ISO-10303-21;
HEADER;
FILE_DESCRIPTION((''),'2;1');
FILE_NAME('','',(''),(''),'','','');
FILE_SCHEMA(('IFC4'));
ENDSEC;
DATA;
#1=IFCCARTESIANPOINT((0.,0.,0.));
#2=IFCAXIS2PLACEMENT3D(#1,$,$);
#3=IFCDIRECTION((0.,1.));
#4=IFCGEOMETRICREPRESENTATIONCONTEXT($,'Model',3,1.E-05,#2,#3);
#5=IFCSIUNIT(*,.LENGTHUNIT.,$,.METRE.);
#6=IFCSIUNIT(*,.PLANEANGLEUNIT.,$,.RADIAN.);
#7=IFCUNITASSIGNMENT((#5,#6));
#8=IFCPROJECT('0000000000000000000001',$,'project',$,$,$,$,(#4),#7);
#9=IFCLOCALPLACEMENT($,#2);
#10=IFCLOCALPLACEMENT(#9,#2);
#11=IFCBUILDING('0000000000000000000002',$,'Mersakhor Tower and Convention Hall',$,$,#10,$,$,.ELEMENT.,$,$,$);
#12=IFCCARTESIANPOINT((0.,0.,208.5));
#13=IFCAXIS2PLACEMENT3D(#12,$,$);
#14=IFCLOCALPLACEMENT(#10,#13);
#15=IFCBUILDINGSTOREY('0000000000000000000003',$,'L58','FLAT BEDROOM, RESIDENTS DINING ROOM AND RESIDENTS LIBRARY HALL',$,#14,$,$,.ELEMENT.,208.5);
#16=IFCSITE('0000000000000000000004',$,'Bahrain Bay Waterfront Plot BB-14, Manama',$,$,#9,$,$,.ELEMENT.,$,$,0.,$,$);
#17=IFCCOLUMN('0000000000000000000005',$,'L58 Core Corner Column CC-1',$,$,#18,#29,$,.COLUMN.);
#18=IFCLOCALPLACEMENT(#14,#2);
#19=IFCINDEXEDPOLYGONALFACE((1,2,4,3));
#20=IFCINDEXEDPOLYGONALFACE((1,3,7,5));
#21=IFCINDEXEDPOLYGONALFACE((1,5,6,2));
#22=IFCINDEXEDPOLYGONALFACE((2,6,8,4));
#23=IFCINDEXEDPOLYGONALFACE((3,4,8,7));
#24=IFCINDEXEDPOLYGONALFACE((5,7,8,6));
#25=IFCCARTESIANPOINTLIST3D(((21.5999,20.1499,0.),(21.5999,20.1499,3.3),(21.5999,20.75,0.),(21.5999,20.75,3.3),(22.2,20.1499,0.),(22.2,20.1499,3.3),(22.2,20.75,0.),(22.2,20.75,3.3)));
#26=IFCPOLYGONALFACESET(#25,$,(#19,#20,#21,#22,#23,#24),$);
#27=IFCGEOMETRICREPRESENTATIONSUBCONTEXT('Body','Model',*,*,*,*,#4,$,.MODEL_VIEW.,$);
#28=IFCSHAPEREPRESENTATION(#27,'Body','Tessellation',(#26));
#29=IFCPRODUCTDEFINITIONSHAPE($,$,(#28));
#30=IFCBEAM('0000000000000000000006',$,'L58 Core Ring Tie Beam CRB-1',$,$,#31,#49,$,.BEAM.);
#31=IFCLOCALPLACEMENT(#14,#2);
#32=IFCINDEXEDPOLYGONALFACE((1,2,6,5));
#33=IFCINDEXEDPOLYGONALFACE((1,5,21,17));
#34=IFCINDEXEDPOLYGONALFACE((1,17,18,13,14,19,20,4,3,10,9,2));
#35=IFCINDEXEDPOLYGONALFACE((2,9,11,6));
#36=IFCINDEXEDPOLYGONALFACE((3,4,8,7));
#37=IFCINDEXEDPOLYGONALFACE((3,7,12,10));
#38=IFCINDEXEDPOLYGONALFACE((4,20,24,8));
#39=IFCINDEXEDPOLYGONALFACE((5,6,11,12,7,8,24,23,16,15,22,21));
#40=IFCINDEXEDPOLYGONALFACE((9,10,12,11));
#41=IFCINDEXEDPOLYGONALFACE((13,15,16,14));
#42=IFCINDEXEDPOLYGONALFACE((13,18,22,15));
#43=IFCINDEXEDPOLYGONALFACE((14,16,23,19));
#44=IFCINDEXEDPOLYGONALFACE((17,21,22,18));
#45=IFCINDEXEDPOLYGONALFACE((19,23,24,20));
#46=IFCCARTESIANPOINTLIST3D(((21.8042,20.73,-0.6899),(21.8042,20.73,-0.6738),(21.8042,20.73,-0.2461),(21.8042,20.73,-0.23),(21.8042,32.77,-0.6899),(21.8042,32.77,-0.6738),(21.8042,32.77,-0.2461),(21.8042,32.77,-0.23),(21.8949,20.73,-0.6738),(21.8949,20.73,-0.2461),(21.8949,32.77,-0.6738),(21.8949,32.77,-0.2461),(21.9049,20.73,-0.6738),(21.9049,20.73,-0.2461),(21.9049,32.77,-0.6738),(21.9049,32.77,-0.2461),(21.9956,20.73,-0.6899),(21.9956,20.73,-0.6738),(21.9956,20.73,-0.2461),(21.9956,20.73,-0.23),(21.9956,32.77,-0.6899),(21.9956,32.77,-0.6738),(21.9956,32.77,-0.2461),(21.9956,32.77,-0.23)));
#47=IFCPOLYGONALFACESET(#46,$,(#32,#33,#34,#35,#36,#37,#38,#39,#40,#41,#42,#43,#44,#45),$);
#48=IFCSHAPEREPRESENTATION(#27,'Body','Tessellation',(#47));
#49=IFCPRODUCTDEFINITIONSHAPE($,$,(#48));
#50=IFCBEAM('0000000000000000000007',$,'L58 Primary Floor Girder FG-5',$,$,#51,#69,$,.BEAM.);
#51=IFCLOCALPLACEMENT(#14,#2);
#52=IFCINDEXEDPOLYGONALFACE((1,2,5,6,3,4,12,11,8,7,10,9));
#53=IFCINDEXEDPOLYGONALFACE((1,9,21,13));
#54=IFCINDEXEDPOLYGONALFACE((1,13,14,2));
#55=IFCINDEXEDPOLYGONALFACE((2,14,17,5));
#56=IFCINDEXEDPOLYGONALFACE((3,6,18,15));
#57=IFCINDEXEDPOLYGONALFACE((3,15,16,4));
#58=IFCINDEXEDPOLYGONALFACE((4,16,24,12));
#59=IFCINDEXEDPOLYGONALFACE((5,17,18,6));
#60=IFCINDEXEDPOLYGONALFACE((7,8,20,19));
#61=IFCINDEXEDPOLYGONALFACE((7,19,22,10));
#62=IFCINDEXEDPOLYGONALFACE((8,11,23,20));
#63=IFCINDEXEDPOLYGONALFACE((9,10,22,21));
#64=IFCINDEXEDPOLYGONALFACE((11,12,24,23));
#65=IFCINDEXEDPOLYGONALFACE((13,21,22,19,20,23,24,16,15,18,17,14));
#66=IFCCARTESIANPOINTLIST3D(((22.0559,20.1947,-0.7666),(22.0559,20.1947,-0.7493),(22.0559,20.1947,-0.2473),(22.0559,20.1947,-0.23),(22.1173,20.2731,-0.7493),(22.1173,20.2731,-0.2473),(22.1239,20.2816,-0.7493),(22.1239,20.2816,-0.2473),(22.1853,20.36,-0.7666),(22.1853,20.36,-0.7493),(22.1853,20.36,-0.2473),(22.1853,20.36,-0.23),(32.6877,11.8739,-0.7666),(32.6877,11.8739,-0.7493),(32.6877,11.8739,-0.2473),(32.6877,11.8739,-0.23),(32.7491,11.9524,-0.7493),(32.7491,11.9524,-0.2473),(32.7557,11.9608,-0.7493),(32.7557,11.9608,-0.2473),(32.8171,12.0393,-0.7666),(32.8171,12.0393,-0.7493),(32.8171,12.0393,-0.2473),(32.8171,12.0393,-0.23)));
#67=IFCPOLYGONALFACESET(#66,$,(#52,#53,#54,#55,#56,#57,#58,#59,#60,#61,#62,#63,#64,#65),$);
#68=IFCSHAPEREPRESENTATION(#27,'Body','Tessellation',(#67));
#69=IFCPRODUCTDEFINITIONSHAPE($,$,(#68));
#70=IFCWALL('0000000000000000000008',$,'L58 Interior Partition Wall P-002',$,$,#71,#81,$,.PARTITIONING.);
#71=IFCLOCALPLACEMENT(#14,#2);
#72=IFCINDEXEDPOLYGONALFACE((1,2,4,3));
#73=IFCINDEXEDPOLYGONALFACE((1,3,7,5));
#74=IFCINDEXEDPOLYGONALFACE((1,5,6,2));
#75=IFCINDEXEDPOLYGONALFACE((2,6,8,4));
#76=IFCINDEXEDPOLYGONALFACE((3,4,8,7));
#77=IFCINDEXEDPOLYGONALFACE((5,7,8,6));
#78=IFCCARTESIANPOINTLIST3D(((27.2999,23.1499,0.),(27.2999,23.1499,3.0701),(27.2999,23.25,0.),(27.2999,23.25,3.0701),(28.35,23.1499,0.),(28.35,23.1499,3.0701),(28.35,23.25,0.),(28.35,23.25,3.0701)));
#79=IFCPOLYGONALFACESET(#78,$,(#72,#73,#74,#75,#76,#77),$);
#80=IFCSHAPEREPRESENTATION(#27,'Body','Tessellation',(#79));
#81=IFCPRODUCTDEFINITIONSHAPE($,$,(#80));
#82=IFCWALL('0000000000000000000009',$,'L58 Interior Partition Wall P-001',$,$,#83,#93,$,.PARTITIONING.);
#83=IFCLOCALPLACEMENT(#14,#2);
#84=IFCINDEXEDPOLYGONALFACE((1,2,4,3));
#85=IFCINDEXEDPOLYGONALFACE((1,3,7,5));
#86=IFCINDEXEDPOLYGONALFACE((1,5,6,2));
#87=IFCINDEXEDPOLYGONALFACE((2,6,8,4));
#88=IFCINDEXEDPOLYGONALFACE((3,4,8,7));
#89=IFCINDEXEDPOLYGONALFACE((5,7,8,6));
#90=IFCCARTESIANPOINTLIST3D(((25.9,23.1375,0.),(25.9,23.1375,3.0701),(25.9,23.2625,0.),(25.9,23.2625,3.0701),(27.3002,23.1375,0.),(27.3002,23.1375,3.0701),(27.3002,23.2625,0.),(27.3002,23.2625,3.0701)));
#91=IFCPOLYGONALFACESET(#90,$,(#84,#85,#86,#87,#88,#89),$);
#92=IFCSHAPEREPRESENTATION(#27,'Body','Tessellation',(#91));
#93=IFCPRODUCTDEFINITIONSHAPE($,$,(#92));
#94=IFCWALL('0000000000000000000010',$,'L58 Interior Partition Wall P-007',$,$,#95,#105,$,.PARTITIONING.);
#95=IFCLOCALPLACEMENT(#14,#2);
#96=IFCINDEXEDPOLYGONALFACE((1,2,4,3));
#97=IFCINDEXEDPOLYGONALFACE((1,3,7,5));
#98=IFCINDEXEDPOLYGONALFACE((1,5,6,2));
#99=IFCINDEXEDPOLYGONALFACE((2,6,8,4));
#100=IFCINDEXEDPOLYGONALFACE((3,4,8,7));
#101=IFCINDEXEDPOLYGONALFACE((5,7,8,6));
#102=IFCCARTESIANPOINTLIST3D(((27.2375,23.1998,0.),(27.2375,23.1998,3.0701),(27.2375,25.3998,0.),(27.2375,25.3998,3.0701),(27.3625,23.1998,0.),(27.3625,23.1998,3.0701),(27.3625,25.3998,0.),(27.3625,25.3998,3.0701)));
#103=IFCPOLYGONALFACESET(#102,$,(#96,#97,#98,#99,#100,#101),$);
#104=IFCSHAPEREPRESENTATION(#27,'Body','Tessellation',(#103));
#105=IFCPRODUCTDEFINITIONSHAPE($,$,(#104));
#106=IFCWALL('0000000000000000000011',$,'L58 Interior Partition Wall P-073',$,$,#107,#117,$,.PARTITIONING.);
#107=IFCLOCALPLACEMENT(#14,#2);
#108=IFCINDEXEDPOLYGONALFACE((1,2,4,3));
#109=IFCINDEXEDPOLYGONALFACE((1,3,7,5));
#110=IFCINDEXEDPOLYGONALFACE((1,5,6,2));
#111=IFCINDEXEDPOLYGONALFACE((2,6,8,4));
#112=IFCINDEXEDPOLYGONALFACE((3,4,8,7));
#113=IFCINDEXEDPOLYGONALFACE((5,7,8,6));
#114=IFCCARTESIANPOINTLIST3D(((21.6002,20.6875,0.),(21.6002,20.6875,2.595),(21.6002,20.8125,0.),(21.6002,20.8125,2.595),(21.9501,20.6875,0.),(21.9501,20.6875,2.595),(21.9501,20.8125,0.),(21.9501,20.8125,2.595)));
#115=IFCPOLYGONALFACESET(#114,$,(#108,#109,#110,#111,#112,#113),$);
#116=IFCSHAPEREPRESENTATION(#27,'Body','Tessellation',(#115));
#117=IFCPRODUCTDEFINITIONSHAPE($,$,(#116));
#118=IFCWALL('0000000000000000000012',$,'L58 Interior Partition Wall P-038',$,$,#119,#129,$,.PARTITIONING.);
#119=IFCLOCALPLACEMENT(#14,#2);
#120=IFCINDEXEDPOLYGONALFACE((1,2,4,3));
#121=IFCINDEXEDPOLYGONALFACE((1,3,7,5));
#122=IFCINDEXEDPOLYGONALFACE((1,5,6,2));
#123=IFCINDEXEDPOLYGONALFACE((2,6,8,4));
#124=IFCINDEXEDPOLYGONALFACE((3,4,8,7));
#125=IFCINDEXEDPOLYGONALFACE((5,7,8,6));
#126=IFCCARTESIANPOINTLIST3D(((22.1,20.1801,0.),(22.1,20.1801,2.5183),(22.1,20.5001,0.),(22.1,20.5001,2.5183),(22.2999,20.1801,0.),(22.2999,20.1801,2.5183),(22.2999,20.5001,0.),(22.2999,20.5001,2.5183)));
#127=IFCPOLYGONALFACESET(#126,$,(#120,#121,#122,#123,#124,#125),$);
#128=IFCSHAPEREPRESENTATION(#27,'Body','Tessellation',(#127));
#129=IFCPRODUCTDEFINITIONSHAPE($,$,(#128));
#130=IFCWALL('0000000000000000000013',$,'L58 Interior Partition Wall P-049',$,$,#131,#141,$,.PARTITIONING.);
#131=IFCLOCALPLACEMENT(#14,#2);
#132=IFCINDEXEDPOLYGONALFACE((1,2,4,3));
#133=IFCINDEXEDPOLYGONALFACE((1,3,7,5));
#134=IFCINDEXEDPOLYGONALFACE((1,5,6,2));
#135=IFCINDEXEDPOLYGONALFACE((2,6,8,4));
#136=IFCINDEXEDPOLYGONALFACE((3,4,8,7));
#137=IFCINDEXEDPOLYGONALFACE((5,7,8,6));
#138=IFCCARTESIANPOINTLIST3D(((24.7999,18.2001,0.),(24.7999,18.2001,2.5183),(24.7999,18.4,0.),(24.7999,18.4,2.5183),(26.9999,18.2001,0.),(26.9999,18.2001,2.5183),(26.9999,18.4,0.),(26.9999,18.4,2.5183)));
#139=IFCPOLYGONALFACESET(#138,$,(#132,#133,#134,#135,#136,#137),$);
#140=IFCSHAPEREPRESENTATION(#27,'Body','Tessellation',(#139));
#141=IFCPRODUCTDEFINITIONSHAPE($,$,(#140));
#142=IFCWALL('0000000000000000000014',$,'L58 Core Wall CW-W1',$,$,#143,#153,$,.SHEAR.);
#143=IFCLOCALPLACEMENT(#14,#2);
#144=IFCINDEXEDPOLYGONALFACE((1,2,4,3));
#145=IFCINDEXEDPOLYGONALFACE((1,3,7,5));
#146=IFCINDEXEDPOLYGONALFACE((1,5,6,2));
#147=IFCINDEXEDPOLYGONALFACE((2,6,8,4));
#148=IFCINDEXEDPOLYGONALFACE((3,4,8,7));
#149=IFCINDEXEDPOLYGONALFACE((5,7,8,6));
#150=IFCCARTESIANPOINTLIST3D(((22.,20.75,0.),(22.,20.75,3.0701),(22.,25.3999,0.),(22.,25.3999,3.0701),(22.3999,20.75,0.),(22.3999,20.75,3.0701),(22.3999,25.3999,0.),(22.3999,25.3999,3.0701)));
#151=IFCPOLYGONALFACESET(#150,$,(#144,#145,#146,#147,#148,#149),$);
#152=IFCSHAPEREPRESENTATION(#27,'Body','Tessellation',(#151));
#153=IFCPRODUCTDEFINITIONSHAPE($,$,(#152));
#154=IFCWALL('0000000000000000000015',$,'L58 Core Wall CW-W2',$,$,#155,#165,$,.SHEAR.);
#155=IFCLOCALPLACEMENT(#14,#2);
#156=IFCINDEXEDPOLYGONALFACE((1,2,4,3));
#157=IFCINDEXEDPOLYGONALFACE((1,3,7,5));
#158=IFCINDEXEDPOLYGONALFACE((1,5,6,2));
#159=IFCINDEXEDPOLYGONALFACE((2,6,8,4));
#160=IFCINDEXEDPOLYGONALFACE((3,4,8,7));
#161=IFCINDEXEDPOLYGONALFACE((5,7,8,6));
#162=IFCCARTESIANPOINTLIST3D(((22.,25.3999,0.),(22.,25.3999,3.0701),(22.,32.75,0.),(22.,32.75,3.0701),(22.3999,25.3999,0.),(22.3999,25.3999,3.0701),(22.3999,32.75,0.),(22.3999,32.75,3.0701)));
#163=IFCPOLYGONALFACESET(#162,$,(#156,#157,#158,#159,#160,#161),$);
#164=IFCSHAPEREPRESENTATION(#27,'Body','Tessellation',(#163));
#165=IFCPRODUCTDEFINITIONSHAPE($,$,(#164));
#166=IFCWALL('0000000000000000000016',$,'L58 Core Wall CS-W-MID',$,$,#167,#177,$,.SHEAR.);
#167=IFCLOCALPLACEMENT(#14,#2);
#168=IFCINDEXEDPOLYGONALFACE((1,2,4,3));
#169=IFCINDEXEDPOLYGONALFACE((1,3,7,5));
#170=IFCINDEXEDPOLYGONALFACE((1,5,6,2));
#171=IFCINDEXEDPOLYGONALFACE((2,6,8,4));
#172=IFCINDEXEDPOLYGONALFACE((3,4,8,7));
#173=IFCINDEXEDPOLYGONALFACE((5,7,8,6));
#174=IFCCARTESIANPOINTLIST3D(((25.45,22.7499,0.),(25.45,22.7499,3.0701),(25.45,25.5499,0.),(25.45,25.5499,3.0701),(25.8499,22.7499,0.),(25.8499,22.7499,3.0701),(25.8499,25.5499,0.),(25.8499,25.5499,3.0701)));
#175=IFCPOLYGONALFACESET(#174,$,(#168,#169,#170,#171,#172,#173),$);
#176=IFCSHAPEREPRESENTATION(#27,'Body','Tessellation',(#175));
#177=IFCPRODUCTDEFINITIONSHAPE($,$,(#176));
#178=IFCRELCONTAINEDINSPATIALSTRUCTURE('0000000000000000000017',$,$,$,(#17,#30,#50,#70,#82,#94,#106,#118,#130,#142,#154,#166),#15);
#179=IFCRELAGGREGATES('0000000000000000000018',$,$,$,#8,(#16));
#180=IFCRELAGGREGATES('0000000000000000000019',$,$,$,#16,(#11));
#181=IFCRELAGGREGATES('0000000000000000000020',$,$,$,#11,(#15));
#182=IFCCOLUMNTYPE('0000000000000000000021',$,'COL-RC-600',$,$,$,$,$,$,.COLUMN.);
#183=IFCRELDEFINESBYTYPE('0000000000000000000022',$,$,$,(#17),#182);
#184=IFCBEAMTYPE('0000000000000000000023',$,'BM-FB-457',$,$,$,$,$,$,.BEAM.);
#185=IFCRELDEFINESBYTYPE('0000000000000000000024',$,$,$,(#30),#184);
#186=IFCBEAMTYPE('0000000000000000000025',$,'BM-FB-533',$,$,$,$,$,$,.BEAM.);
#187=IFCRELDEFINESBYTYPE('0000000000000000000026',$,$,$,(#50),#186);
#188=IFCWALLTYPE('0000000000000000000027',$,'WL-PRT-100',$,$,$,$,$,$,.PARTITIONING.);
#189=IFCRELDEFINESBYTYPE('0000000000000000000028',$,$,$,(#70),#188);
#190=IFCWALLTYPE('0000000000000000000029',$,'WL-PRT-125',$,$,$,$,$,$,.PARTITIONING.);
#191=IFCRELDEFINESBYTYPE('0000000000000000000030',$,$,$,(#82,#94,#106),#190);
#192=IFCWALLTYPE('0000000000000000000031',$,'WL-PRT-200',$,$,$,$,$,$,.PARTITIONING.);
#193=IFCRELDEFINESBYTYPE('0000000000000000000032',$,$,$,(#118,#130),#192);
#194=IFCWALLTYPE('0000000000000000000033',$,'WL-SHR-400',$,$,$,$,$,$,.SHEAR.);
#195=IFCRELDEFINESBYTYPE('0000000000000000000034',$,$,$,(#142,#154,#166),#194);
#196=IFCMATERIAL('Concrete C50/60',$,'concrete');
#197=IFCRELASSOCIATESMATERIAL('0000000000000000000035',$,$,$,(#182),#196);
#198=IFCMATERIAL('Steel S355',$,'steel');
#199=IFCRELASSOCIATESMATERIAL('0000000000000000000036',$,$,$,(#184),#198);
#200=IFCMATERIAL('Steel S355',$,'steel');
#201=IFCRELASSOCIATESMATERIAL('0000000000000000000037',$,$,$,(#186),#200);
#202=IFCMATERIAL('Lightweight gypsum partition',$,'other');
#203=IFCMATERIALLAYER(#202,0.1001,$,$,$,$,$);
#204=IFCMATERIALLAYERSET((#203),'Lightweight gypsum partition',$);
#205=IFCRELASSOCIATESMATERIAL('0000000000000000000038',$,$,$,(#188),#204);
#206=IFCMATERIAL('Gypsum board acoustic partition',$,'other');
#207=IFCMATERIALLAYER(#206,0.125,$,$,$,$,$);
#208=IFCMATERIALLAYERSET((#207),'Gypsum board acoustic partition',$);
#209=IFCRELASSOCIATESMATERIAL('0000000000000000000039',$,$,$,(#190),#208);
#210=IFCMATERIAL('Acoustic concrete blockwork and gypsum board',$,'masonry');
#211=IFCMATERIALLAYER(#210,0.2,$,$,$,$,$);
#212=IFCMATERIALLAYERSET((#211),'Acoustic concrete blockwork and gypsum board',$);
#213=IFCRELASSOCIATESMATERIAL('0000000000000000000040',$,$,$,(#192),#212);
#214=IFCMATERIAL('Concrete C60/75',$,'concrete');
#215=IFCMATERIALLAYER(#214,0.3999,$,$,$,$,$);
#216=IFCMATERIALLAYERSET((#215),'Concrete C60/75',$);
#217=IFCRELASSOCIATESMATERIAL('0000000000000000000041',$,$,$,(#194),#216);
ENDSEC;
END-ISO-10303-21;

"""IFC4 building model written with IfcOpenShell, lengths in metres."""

from ifc_helpers import new_model, si_unit, direction, frame, frame_2d, origin, origin_2d, place, context, subcontext, project, spatial, rectangle, i_section, extrude, material, layer, layer_set, material_profile, profile_set, type_object, element, save


model = new_model("IFC4")

# Units and contexts
model_context = context("Model", 3, precision=1e-05, world=origin(), true_north=direction((0.0, 1.0)))
body_context = subcontext(model_context, "Body", "Model", "MODEL_VIEW")
ifc_project = project(units=[si_unit("LENGTHUNIT", "METRE"), si_unit("PLANEANGLEUNIT", "RADIAN")], contexts=[model_context])

# Site, building, storey
site_placement = place(None, origin())
site = spatial("IfcSite", under=ifc_project, at=site_placement, Name="Bahrain Bay Waterfront Plot BB-14, Manama", CompositionType="ELEMENT", RefElevation=0.0)
building_placement = place(site_placement, origin())
building = spatial("IfcBuilding", under=site, at=building_placement, Name="Mersakhor Tower and Convention Hall", CompositionType="ELEMENT")
storey_placement = place(building_placement, frame((0.0, 0.0, 208.5)))
storey = spatial("IfcBuildingStorey", under=building, at=storey_placement, Name="L58", Description="FLAT BEDROOM, RESIDENTS DINING ROOM AND RESIDENTS LIBRARY HALL", CompositionType="ELEMENT", Elevation=208.5)

# Column
ifc_material_1 = material(Name="Concrete C50/60", Category="concrete")
ifc_material_profile_1 = material_profile(ifc_material_1, rectangle(XDim=0.6001, YDim=0.6001, at=origin_2d()), Name="RC 600x600")
ifc_profile_set_1 = profile_set([ifc_material_profile_1], Name="Concrete C50/60")
column_type = type_object("IfcColumnType", Name="COL-RC-600", PredefinedType="COLUMN", material=ifc_profile_set_1)
column_placement = place(storey_placement, frame((21.8999, 20.45, 0.0), z_axis=(0.0, 0.0, 1.0), x_axis=(1.0, 0.0, 0.0)))
element("IfcColumn", 1, at=column_placement, inside=storey, type_object=column_type, Name="L58 Core Corner Column CC-1", PredefinedType="COLUMN", context=body_context, shape_type="SweptSolid", body=[
    extrude(rectangle(XDim=0.6001, YDim=0.6001, at=origin_2d()), origin(), (0.0, 0.0, 1.0), 3.3),
])

# Beams
ifc_material_2 = material(Name="Steel S355", Category="steel")
ifc_material_profile_2 = material_profile(ifc_material_2, i_section(OverallWidth=0.1914, OverallDepth=0.46, WebThickness=0.01, FlangeThickness=0.0161, at=origin_2d()), Name="UB 457x191x82")
ifc_profile_set_2 = profile_set([ifc_material_profile_2], Name="Steel S355")
beam_type_1 = type_object("IfcBeamType", Name="BM-FB-457", PredefinedType="BEAM", material=ifc_profile_set_2)
beam_1_placement = place(storey_placement, frame((21.8999, 20.73, -0.46), z_axis=(0.0, 1.0, 0.0), x_axis=(-1.0, 0.0, 0.0)))
element("IfcBeam", 2, at=beam_1_placement, inside=storey, type_object=beam_type_1, Name="L58 Core Ring Tie Beam CRB-1", PredefinedType="BEAM", context=body_context, shape_type="SweptSolid", body=[
    extrude(i_section(OverallWidth=0.1914, OverallDepth=0.46, WebThickness=0.01, FlangeThickness=0.0161, at=origin_2d()), origin(), (0.0, 0.0, 1.0), 12.04),
])
ifc_material_3 = material(Name="Steel S355", Category="steel")
ifc_material_profile_3 = material_profile(ifc_material_3, i_section(OverallWidth=0.21, OverallDepth=0.5366, WebThickness=0.0107, FlangeThickness=0.0173, at=origin_2d()), Name="UB 533x210x101")
ifc_profile_set_3 = profile_set([ifc_material_profile_3], Name="Steel S355")
beam_type_2 = type_object("IfcBeamType", Name="BM-FB-533", PredefinedType="BEAM", material=ifc_profile_set_3)
beam_2_placement = place(storey_placement, frame((22.1206, 20.2773, -0.4983), z_axis=(0.787497, -0.616319, 0.0), x_axis=(0.616319, 0.787497, 0.0)))
element("IfcBeam", 3, at=beam_2_placement, inside=storey, type_object=beam_type_2, Name="L58 Primary Floor Girder FG-5", PredefinedType="BEAM", context=body_context, shape_type="SweptSolid", body=[
    extrude(i_section(OverallWidth=0.21, OverallDepth=0.5366, WebThickness=0.0107, FlangeThickness=0.0173, at=origin_2d()), origin(), (0.0, 0.0, 1.0), 13.5007),
])

# Walls
ifc_material_4 = material(Name="Lightweight gypsum partition", Category="other")
ifc_layer_1 = layer(ifc_material_4, 0.1001)
ifc_layer_set_1 = layer_set([ifc_layer_1], Name="Lightweight gypsum partition")
wall_type_1 = type_object("IfcWallType", Name="WL-PRT-100", PredefinedType="PARTITIONING", material=ifc_layer_set_1)
wall_1_placement = place(storey_placement, frame((27.3, 23.2, 0.0), z_axis=(0.0, 0.0, 1.0), x_axis=(1.0, 0.0, 0.0)))
element("IfcWall", 4, at=wall_1_placement, inside=storey, type_object=wall_type_1, Name="L58 Interior Partition Wall P-002", PredefinedType="PARTITIONING", context=body_context, shape_type="SweptSolid", body=[
    extrude(rectangle(XDim=1.05, YDim=0.1001, at=frame_2d((0.5249, 0.0))), origin(), (0.0, 0.0, 1.0), 3.0701),
])
ifc_material_5 = material(Name="Gypsum board acoustic partition", Category="other")
ifc_layer_2 = layer(ifc_material_5, 0.125)
ifc_layer_set_2 = layer_set([ifc_layer_2], Name="Gypsum board acoustic partition")
wall_type_2 = type_object("IfcWallType", Name="WL-PRT-125", PredefinedType="PARTITIONING", material=ifc_layer_set_2)
wall_2_placement = place(storey_placement, frame((25.8999, 23.2, 0.0), z_axis=(0.0, 0.0, 1.0), x_axis=(1.0, 0.0, 0.0)))
element("IfcWall", 5, at=wall_2_placement, inside=storey, type_object=wall_type_2, Name="L58 Interior Partition Wall P-001", PredefinedType="PARTITIONING", context=body_context, shape_type="SweptSolid", body=[
    extrude(rectangle(XDim=1.4001, YDim=0.125, at=frame_2d((0.7002, 0.0))), origin(), (0.0, 0.0, 1.0), 3.0701),
])
wall_3_placement = place(storey_placement, frame((27.3, 25.3999, 0.0), z_axis=(0.0, 0.0, 1.0), x_axis=(0.0, -1.0, 0.0)))
element("IfcWall", 6, at=wall_3_placement, inside=storey, type_object=wall_type_2, Name="L58 Interior Partition Wall P-007", PredefinedType="PARTITIONING", context=body_context, shape_type="SweptSolid", body=[
    extrude(rectangle(XDim=2.2, YDim=0.125, at=frame_2d((1.1001, 0.0))), origin(), (0.0, 0.0, 1.0), 3.0701),
])
wall_4_placement = place(storey_placement, frame((21.95, 20.75, 0.0), z_axis=(0.0, 0.0, 1.0), x_axis=(-1.0, 0.0, 0.0)))
element("IfcWall", 7, at=wall_4_placement, inside=storey, type_object=wall_type_2, Name="L58 Interior Partition Wall P-073", PredefinedType="PARTITIONING", context=body_context, shape_type="SweptSolid", body=[
    extrude(rectangle(XDim=0.3499, YDim=0.125, at=frame_2d((0.1748, 0.0))), origin(), (0.0, 0.0, 1.0), 2.595),
])

# Shared definitions
ifc_material_6 = material(Name="Acoustic concrete blockwork and gypsum board", Category="masonry")
ifc_layer_3 = layer(ifc_material_6, 0.2)
ifc_layer_set_3 = layer_set([ifc_layer_3], Name="Acoustic concrete blockwork and gypsum board")
wall_type_3 = type_object("IfcWallType", Name="WL-PRT-200", PredefinedType="PARTITIONING", material=ifc_layer_set_3)

# Walls
wall_5_placement = place(storey_placement, frame((22.2, 20.1799, 0.0), z_axis=(0.0, 0.0, 1.0), x_axis=(0.0, 1.0, 0.0)))
element("IfcWall", 8, at=wall_5_placement, inside=storey, type_object=wall_type_3, Name="L58 Interior Partition Wall P-038", PredefinedType="PARTITIONING", context=body_context, shape_type="SweptSolid", body=[
    extrude(rectangle(XDim=0.3201, YDim=0.2, at=frame_2d((0.1602, 0.0))), origin(), (0.0, 0.0, 1.0), 2.5183),
])
wall_6_placement = place(storey_placement, frame((27.0, 18.3, 0.0), z_axis=(0.0, 0.0, 1.0), x_axis=(-1.0, 0.0, 0.0)))
element("IfcWall", 9, at=wall_6_placement, inside=storey, type_object=wall_type_3, Name="L58 Interior Partition Wall P-049", PredefinedType="PARTITIONING", context=body_context, shape_type="SweptSolid", body=[
    extrude(rectangle(XDim=2.2, YDim=0.2, at=frame_2d((1.1001, 0.0))), origin(), (0.0, 0.0, 1.0), 2.5183),
])

# Walls
ifc_material_7 = material(Name="Concrete C60/75", Category="concrete")
ifc_layer_4 = layer(ifc_material_7, 0.3999)
ifc_layer_set_4 = layer_set([ifc_layer_4], Name="Concrete C60/75")
wall_type_4 = type_object("IfcWallType", Name="WL-SHR-400", PredefinedType="SHEAR", material=ifc_layer_set_4)
wall_7_placement = place(storey_placement, frame((22.2, 20.75, 0.0), z_axis=(0.0, 0.0, 1.0), x_axis=(0.0, 1.0, 0.0)))
element("IfcWall", 10, at=wall_7_placement, inside=storey, type_object=wall_type_4, Name="L58 Core Wall CW-W1", PredefinedType="SHEAR", context=body_context, shape_type="SweptSolid", body=[
    extrude(rectangle(XDim=4.6499, YDim=0.3999, at=frame_2d((2.325, 0.0))), origin(), (0.0, 0.0, 1.0), 3.0701),
])
wall_8_placement = place(storey_placement, frame((22.2, 25.3999, 0.0), z_axis=(0.0, 0.0, 1.0), x_axis=(0.0, 1.0, 0.0)))
element("IfcWall", 11, at=wall_8_placement, inside=storey, type_object=wall_type_4, Name="L58 Core Wall CW-W2", PredefinedType="SHEAR", context=body_context, shape_type="SweptSolid", body=[
    extrude(rectangle(XDim=7.3501, YDim=0.3999, at=frame_2d((3.675, 0.0))), origin(), (0.0, 0.0, 1.0), 3.0701),
])

# Wall
wall_9_placement = place(storey_placement, frame((25.6499, 22.75, 0.0), z_axis=(0.0, 0.0, 1.0), x_axis=(0.0, 1.0, 0.0)))
element("IfcWall", 12, at=wall_9_placement, inside=storey, type_object=wall_type_4, Name="L58 Core Wall CS-W-MID", PredefinedType="SHEAR", context=body_context, shape_type="SweptSolid", body=[
    extrude(rectangle(XDim=2.8, YDim=0.3999, at=frame_2d((1.3999, 0.0))), origin(), (0.0, 0.0, 1.0), 3.0701),
])

save(model, "model.ifc")
